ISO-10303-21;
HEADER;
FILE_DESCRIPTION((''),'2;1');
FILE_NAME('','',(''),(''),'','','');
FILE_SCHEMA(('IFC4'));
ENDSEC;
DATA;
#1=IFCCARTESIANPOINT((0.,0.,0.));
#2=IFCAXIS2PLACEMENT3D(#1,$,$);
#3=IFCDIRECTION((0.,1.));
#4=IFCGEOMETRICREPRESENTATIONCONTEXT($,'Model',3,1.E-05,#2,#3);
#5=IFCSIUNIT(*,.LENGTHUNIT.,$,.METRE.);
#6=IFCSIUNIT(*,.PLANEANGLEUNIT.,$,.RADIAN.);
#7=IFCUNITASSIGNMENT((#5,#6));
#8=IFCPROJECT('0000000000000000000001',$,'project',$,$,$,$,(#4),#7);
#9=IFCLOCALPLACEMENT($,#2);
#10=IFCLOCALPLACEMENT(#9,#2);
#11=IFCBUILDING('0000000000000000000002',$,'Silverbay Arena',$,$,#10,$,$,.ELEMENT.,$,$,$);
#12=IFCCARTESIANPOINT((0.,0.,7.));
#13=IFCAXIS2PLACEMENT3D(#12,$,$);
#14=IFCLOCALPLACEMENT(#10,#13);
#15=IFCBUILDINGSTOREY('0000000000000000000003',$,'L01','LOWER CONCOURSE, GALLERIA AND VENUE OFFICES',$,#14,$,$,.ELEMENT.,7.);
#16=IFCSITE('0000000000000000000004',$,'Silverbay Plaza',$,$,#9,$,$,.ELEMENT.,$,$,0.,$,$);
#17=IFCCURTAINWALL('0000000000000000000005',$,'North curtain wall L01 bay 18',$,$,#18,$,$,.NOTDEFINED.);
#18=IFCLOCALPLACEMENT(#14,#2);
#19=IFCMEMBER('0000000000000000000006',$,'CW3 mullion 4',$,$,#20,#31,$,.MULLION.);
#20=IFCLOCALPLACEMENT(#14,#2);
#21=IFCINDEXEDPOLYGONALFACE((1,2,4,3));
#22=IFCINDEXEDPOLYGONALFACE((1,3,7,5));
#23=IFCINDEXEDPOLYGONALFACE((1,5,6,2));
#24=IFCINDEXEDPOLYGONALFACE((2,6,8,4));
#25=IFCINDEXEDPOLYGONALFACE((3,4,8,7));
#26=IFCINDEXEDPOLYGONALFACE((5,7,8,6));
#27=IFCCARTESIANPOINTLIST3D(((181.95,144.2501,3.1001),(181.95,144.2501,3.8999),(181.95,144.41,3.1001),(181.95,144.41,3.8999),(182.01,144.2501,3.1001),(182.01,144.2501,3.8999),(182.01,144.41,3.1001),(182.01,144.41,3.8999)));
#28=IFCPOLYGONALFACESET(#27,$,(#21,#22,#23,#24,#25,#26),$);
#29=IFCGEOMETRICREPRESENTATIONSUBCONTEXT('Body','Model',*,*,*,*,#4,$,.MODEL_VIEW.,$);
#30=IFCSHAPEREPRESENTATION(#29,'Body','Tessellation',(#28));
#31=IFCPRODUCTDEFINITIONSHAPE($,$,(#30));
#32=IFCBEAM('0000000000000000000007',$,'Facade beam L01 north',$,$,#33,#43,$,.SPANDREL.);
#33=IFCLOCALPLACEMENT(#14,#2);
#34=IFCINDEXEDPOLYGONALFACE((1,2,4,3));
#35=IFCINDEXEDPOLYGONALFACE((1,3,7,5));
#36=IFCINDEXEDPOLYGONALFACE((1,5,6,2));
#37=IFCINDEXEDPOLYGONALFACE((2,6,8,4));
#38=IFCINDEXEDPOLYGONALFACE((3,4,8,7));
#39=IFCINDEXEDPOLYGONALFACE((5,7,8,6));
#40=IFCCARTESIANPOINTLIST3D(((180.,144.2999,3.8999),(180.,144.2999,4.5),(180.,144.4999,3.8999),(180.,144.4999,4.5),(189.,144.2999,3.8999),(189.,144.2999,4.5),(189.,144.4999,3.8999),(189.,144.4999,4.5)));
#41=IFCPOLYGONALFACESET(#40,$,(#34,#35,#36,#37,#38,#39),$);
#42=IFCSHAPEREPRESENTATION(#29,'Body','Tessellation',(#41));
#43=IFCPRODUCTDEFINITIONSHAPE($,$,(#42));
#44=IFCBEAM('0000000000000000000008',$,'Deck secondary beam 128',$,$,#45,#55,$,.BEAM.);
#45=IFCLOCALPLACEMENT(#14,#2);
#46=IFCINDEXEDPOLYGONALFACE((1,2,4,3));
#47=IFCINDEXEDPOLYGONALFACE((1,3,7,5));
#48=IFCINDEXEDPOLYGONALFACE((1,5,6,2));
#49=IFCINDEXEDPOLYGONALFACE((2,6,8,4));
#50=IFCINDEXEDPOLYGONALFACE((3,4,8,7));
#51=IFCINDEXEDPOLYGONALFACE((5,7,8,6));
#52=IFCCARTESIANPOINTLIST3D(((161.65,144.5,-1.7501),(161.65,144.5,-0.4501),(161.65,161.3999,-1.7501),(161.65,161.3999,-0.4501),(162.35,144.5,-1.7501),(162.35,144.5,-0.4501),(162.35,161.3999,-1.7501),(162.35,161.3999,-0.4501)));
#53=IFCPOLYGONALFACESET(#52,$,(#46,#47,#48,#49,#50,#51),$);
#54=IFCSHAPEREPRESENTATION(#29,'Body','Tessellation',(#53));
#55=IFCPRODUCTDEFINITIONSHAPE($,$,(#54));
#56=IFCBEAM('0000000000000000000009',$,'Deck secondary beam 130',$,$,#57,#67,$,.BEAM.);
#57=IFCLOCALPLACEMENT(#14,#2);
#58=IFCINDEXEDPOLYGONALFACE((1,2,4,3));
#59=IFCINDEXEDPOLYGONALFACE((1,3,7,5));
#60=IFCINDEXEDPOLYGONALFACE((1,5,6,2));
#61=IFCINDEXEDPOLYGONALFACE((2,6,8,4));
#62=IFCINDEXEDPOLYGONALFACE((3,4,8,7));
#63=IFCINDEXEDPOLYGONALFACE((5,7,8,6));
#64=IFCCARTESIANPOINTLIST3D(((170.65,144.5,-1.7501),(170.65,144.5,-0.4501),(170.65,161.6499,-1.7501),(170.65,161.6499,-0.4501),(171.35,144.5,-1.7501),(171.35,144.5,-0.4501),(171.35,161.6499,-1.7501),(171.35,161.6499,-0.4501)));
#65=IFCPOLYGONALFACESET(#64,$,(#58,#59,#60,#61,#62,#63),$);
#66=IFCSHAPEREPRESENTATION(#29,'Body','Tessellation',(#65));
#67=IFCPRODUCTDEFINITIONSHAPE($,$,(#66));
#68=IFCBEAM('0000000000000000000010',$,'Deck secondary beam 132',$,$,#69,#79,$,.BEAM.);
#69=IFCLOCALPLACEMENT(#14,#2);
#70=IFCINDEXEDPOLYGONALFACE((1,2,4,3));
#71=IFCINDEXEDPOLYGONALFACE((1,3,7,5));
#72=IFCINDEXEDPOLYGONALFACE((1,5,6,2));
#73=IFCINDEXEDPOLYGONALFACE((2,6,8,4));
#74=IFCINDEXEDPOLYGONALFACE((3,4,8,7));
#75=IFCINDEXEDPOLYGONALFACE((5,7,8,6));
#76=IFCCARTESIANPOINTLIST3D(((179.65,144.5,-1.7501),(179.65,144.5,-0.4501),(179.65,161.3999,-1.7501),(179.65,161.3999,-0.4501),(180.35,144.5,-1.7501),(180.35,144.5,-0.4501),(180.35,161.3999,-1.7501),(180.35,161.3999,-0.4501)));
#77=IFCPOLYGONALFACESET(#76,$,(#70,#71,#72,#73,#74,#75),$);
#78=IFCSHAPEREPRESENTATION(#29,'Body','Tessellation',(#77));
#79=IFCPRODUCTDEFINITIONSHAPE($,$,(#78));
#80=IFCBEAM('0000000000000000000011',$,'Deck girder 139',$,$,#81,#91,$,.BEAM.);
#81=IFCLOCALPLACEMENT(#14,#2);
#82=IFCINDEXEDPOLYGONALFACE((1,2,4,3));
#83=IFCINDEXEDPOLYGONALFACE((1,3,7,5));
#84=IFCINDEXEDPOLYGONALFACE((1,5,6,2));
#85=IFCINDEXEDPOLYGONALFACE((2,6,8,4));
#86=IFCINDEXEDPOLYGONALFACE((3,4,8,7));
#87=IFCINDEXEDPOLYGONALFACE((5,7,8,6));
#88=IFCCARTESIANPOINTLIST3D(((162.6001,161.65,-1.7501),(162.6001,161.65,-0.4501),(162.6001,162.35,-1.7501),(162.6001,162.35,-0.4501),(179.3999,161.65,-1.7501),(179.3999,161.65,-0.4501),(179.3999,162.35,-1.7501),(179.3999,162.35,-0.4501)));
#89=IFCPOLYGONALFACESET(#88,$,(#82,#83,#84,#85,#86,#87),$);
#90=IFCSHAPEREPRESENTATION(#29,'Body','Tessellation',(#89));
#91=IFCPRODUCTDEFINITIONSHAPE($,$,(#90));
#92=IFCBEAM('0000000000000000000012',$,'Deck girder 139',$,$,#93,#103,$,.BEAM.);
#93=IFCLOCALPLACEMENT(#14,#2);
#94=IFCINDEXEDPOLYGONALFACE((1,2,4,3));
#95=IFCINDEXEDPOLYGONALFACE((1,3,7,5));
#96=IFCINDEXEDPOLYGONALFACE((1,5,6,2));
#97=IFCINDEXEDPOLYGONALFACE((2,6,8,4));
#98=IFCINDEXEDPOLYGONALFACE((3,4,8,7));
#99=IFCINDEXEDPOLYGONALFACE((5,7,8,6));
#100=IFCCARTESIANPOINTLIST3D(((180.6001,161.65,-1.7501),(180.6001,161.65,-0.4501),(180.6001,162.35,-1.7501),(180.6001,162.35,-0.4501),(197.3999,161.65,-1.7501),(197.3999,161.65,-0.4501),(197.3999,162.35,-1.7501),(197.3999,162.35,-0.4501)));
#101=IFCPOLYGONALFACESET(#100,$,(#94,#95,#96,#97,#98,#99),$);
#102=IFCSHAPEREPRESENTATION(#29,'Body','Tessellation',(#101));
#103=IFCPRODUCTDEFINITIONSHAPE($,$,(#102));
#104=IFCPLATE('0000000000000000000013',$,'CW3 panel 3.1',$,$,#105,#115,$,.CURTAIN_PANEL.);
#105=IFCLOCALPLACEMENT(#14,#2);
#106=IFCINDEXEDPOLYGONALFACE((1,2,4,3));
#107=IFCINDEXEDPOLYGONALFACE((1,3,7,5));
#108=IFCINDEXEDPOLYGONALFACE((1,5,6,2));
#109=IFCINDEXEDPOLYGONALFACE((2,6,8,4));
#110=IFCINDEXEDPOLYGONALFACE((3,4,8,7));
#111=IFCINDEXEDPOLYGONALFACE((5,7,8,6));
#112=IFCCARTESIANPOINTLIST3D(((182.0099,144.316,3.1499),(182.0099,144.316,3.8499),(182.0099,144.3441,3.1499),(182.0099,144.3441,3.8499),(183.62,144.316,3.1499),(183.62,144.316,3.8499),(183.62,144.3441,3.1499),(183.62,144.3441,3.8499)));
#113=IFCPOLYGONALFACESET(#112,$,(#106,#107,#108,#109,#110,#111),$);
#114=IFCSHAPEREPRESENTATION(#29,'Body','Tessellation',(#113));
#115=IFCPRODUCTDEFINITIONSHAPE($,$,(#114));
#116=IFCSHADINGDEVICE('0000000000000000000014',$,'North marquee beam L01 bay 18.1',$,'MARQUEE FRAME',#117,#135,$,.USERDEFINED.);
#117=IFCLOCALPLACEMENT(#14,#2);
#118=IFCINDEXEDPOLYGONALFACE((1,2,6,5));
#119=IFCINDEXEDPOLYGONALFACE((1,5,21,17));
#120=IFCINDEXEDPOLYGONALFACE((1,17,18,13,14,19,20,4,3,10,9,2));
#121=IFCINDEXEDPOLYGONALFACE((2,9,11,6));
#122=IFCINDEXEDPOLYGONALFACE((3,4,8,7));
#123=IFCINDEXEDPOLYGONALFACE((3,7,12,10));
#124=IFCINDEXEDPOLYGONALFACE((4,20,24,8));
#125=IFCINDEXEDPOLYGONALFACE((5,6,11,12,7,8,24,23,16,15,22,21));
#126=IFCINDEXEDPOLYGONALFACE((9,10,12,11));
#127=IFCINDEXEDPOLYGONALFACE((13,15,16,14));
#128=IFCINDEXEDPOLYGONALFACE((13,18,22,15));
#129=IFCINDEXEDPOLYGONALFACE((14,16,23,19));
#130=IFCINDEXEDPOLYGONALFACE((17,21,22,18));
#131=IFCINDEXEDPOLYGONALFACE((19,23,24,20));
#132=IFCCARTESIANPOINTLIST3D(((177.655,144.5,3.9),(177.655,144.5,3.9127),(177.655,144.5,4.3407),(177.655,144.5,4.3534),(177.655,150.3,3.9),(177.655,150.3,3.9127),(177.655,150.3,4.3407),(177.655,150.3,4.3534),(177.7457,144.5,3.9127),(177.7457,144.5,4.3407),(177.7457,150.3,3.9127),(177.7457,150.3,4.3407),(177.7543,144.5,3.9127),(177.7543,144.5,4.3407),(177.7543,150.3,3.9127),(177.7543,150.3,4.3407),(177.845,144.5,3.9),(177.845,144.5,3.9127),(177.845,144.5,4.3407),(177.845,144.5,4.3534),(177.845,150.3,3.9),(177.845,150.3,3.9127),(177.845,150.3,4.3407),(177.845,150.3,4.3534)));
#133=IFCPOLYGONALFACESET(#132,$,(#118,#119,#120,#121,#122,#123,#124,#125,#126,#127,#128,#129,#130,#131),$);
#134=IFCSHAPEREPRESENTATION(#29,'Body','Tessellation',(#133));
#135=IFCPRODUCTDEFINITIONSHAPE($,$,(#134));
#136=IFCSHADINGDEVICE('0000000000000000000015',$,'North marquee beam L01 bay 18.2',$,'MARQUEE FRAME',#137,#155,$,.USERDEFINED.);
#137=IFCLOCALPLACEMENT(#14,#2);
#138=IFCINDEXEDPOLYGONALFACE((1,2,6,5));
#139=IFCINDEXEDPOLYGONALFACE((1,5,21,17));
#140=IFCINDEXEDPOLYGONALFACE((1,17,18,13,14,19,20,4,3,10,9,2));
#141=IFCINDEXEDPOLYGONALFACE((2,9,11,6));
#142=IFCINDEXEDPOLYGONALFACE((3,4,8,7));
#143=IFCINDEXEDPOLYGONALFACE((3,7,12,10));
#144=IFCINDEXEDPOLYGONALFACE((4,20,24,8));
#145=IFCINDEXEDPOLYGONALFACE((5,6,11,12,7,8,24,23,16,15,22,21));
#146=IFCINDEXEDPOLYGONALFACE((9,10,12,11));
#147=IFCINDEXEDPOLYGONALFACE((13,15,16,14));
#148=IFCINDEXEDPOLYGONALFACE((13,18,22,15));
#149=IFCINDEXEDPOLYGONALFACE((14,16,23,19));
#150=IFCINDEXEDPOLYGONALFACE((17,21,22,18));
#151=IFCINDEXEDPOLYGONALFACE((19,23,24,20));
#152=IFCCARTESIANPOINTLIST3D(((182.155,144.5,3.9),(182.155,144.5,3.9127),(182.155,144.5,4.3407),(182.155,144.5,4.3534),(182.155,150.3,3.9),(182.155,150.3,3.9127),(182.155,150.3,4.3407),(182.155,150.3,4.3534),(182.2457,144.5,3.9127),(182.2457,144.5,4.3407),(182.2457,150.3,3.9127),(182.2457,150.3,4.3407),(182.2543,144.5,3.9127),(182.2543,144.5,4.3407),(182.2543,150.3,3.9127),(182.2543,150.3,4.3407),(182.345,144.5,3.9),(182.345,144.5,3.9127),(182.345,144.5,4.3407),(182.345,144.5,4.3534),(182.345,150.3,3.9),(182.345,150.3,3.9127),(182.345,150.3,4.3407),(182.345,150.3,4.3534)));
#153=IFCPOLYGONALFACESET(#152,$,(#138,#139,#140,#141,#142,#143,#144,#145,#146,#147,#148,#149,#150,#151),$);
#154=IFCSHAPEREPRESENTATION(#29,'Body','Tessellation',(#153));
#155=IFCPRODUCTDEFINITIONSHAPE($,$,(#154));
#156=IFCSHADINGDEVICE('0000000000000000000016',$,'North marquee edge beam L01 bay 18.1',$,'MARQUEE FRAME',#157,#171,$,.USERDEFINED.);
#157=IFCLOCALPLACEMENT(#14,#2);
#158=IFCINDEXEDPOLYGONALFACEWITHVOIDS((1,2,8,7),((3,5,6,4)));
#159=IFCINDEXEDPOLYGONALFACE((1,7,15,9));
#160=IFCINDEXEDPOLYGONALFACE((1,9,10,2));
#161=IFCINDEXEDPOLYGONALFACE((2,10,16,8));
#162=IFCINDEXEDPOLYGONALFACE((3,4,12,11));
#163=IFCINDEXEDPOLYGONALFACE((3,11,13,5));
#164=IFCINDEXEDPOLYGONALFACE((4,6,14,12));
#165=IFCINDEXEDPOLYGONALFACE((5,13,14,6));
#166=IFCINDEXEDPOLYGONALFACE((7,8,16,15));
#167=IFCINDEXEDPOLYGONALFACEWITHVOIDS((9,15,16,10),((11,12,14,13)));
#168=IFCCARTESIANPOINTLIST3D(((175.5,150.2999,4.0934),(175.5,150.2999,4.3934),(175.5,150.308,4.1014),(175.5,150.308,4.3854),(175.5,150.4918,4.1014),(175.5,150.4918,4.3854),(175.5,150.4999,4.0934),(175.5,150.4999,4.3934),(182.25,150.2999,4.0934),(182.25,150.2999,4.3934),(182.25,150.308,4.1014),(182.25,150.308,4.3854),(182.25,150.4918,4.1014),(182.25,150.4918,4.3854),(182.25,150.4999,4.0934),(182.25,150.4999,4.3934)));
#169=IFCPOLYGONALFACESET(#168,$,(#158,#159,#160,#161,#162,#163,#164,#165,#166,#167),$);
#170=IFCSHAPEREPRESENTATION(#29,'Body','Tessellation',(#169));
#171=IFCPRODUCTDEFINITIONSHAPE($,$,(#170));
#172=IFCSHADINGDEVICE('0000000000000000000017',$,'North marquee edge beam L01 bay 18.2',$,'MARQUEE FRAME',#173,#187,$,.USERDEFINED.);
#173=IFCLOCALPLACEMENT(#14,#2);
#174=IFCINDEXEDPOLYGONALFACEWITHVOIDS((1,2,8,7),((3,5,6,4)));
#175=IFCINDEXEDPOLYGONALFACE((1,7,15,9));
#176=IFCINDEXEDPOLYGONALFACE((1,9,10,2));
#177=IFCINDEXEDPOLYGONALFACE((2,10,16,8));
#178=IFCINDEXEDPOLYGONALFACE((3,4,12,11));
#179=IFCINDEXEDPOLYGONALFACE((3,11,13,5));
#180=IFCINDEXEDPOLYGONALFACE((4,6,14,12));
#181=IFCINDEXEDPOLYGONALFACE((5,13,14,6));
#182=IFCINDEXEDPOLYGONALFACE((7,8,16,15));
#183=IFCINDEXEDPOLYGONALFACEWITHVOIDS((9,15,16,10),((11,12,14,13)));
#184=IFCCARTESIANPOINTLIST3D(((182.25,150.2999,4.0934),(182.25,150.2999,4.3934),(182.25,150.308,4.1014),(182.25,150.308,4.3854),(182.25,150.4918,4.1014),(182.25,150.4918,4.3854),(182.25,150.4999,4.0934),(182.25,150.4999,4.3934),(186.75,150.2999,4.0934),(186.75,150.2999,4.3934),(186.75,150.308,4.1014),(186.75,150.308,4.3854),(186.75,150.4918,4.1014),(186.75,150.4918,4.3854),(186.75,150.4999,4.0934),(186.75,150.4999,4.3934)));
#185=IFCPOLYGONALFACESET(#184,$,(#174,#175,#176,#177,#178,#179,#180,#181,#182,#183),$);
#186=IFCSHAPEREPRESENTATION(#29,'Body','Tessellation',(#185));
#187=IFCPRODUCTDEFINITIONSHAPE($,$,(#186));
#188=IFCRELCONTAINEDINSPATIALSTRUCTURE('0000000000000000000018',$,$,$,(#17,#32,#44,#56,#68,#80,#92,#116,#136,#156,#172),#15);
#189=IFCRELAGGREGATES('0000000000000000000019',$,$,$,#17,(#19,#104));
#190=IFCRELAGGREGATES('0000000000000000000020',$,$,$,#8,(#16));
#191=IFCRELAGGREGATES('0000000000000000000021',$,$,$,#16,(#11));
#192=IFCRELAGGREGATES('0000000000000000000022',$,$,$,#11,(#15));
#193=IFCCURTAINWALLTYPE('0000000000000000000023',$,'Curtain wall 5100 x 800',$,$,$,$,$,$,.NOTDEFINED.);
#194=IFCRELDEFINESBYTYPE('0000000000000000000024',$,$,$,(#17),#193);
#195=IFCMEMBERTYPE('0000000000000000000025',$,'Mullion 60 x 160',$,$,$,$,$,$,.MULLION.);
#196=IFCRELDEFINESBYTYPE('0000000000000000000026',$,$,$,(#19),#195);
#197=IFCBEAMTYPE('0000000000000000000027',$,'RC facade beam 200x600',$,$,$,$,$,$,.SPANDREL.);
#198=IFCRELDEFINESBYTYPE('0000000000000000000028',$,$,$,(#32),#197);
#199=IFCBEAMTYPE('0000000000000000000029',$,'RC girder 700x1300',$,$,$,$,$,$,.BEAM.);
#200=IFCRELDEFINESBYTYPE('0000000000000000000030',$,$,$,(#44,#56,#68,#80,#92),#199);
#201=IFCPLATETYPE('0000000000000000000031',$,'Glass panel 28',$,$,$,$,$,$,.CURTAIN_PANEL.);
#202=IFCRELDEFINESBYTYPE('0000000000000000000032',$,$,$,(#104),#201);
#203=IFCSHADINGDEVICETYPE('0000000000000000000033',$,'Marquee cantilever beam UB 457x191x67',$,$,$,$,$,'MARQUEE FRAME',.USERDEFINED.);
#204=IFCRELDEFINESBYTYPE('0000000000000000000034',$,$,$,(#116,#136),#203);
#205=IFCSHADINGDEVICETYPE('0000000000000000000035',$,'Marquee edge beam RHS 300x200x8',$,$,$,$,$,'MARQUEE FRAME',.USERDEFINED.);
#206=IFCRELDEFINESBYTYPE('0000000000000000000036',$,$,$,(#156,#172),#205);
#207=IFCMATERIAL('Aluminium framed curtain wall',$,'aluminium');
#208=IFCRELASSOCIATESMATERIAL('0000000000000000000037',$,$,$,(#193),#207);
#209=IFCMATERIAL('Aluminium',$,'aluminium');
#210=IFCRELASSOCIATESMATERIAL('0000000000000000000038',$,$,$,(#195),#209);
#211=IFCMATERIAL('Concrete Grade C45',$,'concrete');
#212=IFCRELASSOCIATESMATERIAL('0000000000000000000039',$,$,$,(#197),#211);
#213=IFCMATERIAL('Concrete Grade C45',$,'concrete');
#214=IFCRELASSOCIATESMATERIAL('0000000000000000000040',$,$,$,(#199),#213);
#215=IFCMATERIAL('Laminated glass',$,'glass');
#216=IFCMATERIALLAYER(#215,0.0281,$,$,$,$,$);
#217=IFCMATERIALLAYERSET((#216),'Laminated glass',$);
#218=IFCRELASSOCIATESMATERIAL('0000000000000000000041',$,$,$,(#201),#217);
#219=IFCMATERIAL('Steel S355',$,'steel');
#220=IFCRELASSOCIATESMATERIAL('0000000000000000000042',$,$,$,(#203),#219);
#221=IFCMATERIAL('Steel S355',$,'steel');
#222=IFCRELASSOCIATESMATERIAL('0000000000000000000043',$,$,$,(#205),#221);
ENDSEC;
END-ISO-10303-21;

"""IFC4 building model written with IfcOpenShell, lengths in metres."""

from ifc_helpers import new_model, si_unit, direction, frame, origin, origin_2d, place, context, subcontext, project, spatial, rectangle, hollow_rectangle, i_section, extrude, material, layer, layer_set, material_profile, profile_set, type_object, element, aggregate, save


model = new_model("IFC4")

# Units and contexts
model_context = context("Model", 3, precision=1e-05, world=origin(), true_north=direction((0.0, 1.0)))
body_context = subcontext(model_context, "Body", "Model", "MODEL_VIEW")
ifc_project = project(units=[si_unit("LENGTHUNIT", "METRE"), si_unit("PLANEANGLEUNIT", "RADIAN")], contexts=[model_context])

# Site, building, storey
site_placement = place(None, origin())
site = spatial("IfcSite", under=ifc_project, at=site_placement, Name="Silverbay Plaza", CompositionType="ELEMENT", RefElevation=0.0)
building_placement = place(site_placement, origin())
building = spatial("IfcBuilding", under=site, at=building_placement, Name="Silverbay Arena", CompositionType="ELEMENT")
storey_placement = place(building_placement, frame((0.0, 0.0, 7.0)))
storey = spatial("IfcBuildingStorey", under=building, at=storey_placement, Name="L01", Description="LOWER CONCOURSE, GALLERIA AND VENUE OFFICES", CompositionType="ELEMENT", Elevation=7.0)

# Curtain wall, member
ifc_material_1 = material(Name="Aluminium framed curtain wall", Category="aluminium")
curtain_wall_type = type_object("IfcCurtainWallType", Name="Curtain wall 5100 x 800", PredefinedType="NOTDEFINED", material=ifc_material_1)
curtain_wall_placement = place(storey_placement, origin())
curtain_wall = element("IfcCurtainWall", 1, at=curtain_wall_placement, inside=storey, type_object=curtain_wall_type, Name="North curtain wall L01 bay 18", PredefinedType="NOTDEFINED")
ifc_material_2 = material(Name="Aluminium", Category="aluminium")
ifc_material_profile_1 = material_profile(ifc_material_2, rectangle(XDim=0.1599, YDim=0.0601, at=origin_2d()), Name="Mullion 60 x 160")
ifc_profile_set_1 = profile_set([ifc_material_profile_1], Name="Aluminium")
member_type = type_object("IfcMemberType", Name="Mullion 60 x 160", PredefinedType="MULLION", material=ifc_profile_set_1)
member_placement = place(storey_placement, frame((181.98, 144.3301, 3.1001), z_axis=(0.0, 0.0, 1.0), x_axis=(0.0, -1.0, 0.0)))
member = element("IfcMember", 2, at=member_placement, type_object=member_type, Name="CW3 mullion 4", PredefinedType="MULLION", context=body_context, shape_type="SweptSolid", body=[
    extrude(rectangle(XDim=0.1599, YDim=0.0601, at=origin_2d()), origin(), (0.0, 0.0, 1.0), 0.7998),
])

# Beams
ifc_material_3 = material(Name="Concrete Grade C45", Category="concrete")
ifc_material_profile_2 = material_profile(ifc_material_3, rectangle(XDim=0.2, YDim=0.6001, at=origin_2d()), Name="RC 200x600")
ifc_profile_set_2 = profile_set([ifc_material_profile_2], Name="Concrete Grade C45")
beam_type_1 = type_object("IfcBeamType", Name="RC facade beam 200x600", PredefinedType="SPANDREL", material=ifc_profile_set_2)
beam_1_placement = place(storey_placement, frame((180.0, 144.3999, 4.2), z_axis=(1.0, 0.0, 0.0), x_axis=(0.0, 1.0, 0.0)))
element("IfcBeam", 3, at=beam_1_placement, inside=storey, type_object=beam_type_1, Name="Facade beam L01 north", PredefinedType="SPANDREL", context=body_context, shape_type="SweptSolid", body=[
    extrude(rectangle(XDim=0.2, YDim=0.6001, at=origin_2d()), origin(), (0.0, 0.0, 1.0), 9.0),
])
ifc_material_4 = material(Name="Concrete Grade C45", Category="concrete")
ifc_material_profile_3 = material_profile(ifc_material_4, rectangle(XDim=0.7, YDim=1.3, at=origin_2d()), Name="RC 700x1300")
ifc_profile_set_3 = profile_set([ifc_material_profile_3], Name="Concrete Grade C45")
beam_type_2 = type_object("IfcBeamType", Name="RC girder 700x1300", PredefinedType="BEAM", material=ifc_profile_set_3)
beam_2_placement = place(storey_placement, frame((162.0, 144.5, -1.1001), z_axis=(0.0, 1.0, 0.0), x_axis=(-1.0, 0.0, 0.0)))
element("IfcBeam", 4, at=beam_2_placement, inside=storey, type_object=beam_type_2, Name="Deck secondary beam 128", PredefinedType="BEAM", context=body_context, shape_type="SweptSolid", body=[
    extrude(rectangle(XDim=0.7, YDim=1.3, at=origin_2d()), origin(), (0.0, 0.0, 1.0), 16.8999),
])
beam_3_placement = place(storey_placement, frame((171.0, 144.5, -1.1001), z_axis=(0.0, 1.0, 0.0), x_axis=(-1.0, 0.0, 0.0)))
element("IfcBeam", 5, at=beam_3_placement, inside=storey, type_object=beam_type_2, Name="Deck secondary beam 130", PredefinedType="BEAM", context=body_context, shape_type="SweptSolid", body=[
    extrude(rectangle(XDim=0.7, YDim=1.3, at=origin_2d()), origin(), (0.0, 0.0, 1.0), 17.1499),
])
beam_4_placement = place(storey_placement, frame((180.0, 144.5, -1.1001), z_axis=(0.0, 1.0, 0.0), x_axis=(-1.0, 0.0, 0.0)))
element("IfcBeam", 6, at=beam_4_placement, inside=storey, type_object=beam_type_2, Name="Deck secondary beam 132", PredefinedType="BEAM", context=body_context, shape_type="SweptSolid", body=[
    extrude(rectangle(XDim=0.7, YDim=1.3, at=origin_2d()), origin(), (0.0, 0.0, 1.0), 16.8999),
])
for number, where, z_axis, x_axis, name in (
    (7, (162.6001, 162.0, -1.1001), (1.0, 0.0, 0.0), (0.0, 1.0, 0.0), "Deck girder 139"),
    (8, (180.6001, 162.0, -1.1001), (1.0, 0.0, 0.0), (0.0, 1.0, 0.0), "Deck girder 139"),
):
    element("IfcBeam", number, at=place(storey_placement, frame(where, z_axis=z_axis, x_axis=x_axis)), inside=storey, type_object=beam_type_2, Name=name, PredefinedType="BEAM", context=body_context, shape_type="SweptSolid", body=[
        extrude(rectangle(XDim=0.7, YDim=1.3, at=origin_2d()), origin(), (0.0, 0.0, 1.0), 16.7998),
    ])

# Plate
ifc_material_5 = material(Name="Laminated glass", Category="glass")
ifc_layer = layer(ifc_material_5, 0.0281)
ifc_layer_set = layer_set([ifc_layer], Name="Laminated glass")
plate_type = type_object("IfcPlateType", Name="Glass panel 28", PredefinedType="CURTAIN_PANEL", material=ifc_layer_set)
plate_placement = place(storey_placement, frame((182.8149, 144.3301, 3.1499), z_axis=(0.0, 0.0, 1.0), x_axis=(-1.0, 0.0, 0.0)))
plate = element("IfcPlate", 9, at=plate_placement, type_object=plate_type, Name="CW3 panel 3.1", PredefinedType="CURTAIN_PANEL", context=body_context, shape_type="SweptSolid", body=[
    extrude(rectangle(XDim=1.6101, YDim=0.0281, at=origin_2d()), origin(), (0.0, 0.0, 1.0), 0.7),
])
aggregate(curtain_wall, [member, plate])

# Shading devices
ifc_material_6 = material(Name="Steel S355", Category="steel")
ifc_material_profile_4 = material_profile(ifc_material_6, i_section(OverallWidth=0.1899, OverallDepth=0.4534, WebThickness=0.0085, FlangeThickness=0.0127, at=origin_2d()), Name="UB 457x191x67")
ifc_profile_set_4 = profile_set([ifc_material_profile_4], Name="Steel S355")
shading_device_type_1 = type_object("IfcShadingDeviceType", Name="Marquee cantilever beam UB 457x191x67", ElementType="MARQUEE FRAME", PredefinedType="USERDEFINED", material=ifc_profile_set_4)
for number, where, z_axis, x_axis, name in (
    (10, (177.75, 144.5, 4.1267), (0.0, 1.0, 0.0), (-1.0, 0.0, 0.0), "North marquee beam L01 bay 18.1"),
    (11, (182.25, 144.5, 4.1267), (0.0, 1.0, 0.0), (-1.0, 0.0, 0.0), "North marquee beam L01 bay 18.2"),
):
    element("IfcShadingDevice", number, at=place(storey_placement, frame(where, z_axis=z_axis, x_axis=x_axis)), inside=storey, type_object=shading_device_type_1, Name=name, ObjectType="MARQUEE FRAME", PredefinedType="USERDEFINED", context=body_context, shape_type="SweptSolid", body=[
        extrude(i_section(OverallWidth=0.1899, OverallDepth=0.4534, WebThickness=0.0085, FlangeThickness=0.0127, at=origin_2d()), origin(), (0.0, 0.0, 1.0), 5.8),
    ])
ifc_material_7 = material(Name="Steel S355", Category="steel")
ifc_material_profile_5 = material_profile(ifc_material_7, hollow_rectangle(XDim=0.2, YDim=0.3, WallThickness=0.0081, at=origin_2d()), Name="RHS 300x200x8")
ifc_profile_set_5 = profile_set([ifc_material_profile_5], Name="Steel S355")
shading_device_type_2 = type_object("IfcShadingDeviceType", Name="Marquee edge beam RHS 300x200x8", ElementType="MARQUEE FRAME", PredefinedType="USERDEFINED", material=ifc_profile_set_5)
shading_device_1_placement = place(storey_placement, frame((175.5, 150.3999, 4.2434), z_axis=(1.0, 0.0, 0.0), x_axis=(0.0, 1.0, 0.0)))
element("IfcShadingDevice", 12, at=shading_device_1_placement, inside=storey, type_object=shading_device_type_2, Name="North marquee edge beam L01 bay 18.1", ObjectType="MARQUEE FRAME", PredefinedType="USERDEFINED", context=body_context, shape_type="SweptSolid", body=[
    extrude(hollow_rectangle(XDim=0.2, YDim=0.3, WallThickness=0.0081, at=origin_2d()), origin(), (0.0, 0.0, 1.0), 6.75),
])
shading_device_2_placement = place(storey_placement, frame((182.25, 150.3999, 4.2434), z_axis=(1.0, 0.0, 0.0), x_axis=(0.0, 1.0, 0.0)))
element("IfcShadingDevice", 13, at=shading_device_2_placement, inside=storey, type_object=shading_device_type_2, Name="North marquee edge beam L01 bay 18.2", ObjectType="MARQUEE FRAME", PredefinedType="USERDEFINED", context=body_context, shape_type="SweptSolid", body=[
    extrude(hollow_rectangle(XDim=0.2, YDim=0.3, WallThickness=0.0081, at=origin_2d()), origin(), (0.0, 0.0, 1.0), 4.5),
])

save(model, "model.ifc")
